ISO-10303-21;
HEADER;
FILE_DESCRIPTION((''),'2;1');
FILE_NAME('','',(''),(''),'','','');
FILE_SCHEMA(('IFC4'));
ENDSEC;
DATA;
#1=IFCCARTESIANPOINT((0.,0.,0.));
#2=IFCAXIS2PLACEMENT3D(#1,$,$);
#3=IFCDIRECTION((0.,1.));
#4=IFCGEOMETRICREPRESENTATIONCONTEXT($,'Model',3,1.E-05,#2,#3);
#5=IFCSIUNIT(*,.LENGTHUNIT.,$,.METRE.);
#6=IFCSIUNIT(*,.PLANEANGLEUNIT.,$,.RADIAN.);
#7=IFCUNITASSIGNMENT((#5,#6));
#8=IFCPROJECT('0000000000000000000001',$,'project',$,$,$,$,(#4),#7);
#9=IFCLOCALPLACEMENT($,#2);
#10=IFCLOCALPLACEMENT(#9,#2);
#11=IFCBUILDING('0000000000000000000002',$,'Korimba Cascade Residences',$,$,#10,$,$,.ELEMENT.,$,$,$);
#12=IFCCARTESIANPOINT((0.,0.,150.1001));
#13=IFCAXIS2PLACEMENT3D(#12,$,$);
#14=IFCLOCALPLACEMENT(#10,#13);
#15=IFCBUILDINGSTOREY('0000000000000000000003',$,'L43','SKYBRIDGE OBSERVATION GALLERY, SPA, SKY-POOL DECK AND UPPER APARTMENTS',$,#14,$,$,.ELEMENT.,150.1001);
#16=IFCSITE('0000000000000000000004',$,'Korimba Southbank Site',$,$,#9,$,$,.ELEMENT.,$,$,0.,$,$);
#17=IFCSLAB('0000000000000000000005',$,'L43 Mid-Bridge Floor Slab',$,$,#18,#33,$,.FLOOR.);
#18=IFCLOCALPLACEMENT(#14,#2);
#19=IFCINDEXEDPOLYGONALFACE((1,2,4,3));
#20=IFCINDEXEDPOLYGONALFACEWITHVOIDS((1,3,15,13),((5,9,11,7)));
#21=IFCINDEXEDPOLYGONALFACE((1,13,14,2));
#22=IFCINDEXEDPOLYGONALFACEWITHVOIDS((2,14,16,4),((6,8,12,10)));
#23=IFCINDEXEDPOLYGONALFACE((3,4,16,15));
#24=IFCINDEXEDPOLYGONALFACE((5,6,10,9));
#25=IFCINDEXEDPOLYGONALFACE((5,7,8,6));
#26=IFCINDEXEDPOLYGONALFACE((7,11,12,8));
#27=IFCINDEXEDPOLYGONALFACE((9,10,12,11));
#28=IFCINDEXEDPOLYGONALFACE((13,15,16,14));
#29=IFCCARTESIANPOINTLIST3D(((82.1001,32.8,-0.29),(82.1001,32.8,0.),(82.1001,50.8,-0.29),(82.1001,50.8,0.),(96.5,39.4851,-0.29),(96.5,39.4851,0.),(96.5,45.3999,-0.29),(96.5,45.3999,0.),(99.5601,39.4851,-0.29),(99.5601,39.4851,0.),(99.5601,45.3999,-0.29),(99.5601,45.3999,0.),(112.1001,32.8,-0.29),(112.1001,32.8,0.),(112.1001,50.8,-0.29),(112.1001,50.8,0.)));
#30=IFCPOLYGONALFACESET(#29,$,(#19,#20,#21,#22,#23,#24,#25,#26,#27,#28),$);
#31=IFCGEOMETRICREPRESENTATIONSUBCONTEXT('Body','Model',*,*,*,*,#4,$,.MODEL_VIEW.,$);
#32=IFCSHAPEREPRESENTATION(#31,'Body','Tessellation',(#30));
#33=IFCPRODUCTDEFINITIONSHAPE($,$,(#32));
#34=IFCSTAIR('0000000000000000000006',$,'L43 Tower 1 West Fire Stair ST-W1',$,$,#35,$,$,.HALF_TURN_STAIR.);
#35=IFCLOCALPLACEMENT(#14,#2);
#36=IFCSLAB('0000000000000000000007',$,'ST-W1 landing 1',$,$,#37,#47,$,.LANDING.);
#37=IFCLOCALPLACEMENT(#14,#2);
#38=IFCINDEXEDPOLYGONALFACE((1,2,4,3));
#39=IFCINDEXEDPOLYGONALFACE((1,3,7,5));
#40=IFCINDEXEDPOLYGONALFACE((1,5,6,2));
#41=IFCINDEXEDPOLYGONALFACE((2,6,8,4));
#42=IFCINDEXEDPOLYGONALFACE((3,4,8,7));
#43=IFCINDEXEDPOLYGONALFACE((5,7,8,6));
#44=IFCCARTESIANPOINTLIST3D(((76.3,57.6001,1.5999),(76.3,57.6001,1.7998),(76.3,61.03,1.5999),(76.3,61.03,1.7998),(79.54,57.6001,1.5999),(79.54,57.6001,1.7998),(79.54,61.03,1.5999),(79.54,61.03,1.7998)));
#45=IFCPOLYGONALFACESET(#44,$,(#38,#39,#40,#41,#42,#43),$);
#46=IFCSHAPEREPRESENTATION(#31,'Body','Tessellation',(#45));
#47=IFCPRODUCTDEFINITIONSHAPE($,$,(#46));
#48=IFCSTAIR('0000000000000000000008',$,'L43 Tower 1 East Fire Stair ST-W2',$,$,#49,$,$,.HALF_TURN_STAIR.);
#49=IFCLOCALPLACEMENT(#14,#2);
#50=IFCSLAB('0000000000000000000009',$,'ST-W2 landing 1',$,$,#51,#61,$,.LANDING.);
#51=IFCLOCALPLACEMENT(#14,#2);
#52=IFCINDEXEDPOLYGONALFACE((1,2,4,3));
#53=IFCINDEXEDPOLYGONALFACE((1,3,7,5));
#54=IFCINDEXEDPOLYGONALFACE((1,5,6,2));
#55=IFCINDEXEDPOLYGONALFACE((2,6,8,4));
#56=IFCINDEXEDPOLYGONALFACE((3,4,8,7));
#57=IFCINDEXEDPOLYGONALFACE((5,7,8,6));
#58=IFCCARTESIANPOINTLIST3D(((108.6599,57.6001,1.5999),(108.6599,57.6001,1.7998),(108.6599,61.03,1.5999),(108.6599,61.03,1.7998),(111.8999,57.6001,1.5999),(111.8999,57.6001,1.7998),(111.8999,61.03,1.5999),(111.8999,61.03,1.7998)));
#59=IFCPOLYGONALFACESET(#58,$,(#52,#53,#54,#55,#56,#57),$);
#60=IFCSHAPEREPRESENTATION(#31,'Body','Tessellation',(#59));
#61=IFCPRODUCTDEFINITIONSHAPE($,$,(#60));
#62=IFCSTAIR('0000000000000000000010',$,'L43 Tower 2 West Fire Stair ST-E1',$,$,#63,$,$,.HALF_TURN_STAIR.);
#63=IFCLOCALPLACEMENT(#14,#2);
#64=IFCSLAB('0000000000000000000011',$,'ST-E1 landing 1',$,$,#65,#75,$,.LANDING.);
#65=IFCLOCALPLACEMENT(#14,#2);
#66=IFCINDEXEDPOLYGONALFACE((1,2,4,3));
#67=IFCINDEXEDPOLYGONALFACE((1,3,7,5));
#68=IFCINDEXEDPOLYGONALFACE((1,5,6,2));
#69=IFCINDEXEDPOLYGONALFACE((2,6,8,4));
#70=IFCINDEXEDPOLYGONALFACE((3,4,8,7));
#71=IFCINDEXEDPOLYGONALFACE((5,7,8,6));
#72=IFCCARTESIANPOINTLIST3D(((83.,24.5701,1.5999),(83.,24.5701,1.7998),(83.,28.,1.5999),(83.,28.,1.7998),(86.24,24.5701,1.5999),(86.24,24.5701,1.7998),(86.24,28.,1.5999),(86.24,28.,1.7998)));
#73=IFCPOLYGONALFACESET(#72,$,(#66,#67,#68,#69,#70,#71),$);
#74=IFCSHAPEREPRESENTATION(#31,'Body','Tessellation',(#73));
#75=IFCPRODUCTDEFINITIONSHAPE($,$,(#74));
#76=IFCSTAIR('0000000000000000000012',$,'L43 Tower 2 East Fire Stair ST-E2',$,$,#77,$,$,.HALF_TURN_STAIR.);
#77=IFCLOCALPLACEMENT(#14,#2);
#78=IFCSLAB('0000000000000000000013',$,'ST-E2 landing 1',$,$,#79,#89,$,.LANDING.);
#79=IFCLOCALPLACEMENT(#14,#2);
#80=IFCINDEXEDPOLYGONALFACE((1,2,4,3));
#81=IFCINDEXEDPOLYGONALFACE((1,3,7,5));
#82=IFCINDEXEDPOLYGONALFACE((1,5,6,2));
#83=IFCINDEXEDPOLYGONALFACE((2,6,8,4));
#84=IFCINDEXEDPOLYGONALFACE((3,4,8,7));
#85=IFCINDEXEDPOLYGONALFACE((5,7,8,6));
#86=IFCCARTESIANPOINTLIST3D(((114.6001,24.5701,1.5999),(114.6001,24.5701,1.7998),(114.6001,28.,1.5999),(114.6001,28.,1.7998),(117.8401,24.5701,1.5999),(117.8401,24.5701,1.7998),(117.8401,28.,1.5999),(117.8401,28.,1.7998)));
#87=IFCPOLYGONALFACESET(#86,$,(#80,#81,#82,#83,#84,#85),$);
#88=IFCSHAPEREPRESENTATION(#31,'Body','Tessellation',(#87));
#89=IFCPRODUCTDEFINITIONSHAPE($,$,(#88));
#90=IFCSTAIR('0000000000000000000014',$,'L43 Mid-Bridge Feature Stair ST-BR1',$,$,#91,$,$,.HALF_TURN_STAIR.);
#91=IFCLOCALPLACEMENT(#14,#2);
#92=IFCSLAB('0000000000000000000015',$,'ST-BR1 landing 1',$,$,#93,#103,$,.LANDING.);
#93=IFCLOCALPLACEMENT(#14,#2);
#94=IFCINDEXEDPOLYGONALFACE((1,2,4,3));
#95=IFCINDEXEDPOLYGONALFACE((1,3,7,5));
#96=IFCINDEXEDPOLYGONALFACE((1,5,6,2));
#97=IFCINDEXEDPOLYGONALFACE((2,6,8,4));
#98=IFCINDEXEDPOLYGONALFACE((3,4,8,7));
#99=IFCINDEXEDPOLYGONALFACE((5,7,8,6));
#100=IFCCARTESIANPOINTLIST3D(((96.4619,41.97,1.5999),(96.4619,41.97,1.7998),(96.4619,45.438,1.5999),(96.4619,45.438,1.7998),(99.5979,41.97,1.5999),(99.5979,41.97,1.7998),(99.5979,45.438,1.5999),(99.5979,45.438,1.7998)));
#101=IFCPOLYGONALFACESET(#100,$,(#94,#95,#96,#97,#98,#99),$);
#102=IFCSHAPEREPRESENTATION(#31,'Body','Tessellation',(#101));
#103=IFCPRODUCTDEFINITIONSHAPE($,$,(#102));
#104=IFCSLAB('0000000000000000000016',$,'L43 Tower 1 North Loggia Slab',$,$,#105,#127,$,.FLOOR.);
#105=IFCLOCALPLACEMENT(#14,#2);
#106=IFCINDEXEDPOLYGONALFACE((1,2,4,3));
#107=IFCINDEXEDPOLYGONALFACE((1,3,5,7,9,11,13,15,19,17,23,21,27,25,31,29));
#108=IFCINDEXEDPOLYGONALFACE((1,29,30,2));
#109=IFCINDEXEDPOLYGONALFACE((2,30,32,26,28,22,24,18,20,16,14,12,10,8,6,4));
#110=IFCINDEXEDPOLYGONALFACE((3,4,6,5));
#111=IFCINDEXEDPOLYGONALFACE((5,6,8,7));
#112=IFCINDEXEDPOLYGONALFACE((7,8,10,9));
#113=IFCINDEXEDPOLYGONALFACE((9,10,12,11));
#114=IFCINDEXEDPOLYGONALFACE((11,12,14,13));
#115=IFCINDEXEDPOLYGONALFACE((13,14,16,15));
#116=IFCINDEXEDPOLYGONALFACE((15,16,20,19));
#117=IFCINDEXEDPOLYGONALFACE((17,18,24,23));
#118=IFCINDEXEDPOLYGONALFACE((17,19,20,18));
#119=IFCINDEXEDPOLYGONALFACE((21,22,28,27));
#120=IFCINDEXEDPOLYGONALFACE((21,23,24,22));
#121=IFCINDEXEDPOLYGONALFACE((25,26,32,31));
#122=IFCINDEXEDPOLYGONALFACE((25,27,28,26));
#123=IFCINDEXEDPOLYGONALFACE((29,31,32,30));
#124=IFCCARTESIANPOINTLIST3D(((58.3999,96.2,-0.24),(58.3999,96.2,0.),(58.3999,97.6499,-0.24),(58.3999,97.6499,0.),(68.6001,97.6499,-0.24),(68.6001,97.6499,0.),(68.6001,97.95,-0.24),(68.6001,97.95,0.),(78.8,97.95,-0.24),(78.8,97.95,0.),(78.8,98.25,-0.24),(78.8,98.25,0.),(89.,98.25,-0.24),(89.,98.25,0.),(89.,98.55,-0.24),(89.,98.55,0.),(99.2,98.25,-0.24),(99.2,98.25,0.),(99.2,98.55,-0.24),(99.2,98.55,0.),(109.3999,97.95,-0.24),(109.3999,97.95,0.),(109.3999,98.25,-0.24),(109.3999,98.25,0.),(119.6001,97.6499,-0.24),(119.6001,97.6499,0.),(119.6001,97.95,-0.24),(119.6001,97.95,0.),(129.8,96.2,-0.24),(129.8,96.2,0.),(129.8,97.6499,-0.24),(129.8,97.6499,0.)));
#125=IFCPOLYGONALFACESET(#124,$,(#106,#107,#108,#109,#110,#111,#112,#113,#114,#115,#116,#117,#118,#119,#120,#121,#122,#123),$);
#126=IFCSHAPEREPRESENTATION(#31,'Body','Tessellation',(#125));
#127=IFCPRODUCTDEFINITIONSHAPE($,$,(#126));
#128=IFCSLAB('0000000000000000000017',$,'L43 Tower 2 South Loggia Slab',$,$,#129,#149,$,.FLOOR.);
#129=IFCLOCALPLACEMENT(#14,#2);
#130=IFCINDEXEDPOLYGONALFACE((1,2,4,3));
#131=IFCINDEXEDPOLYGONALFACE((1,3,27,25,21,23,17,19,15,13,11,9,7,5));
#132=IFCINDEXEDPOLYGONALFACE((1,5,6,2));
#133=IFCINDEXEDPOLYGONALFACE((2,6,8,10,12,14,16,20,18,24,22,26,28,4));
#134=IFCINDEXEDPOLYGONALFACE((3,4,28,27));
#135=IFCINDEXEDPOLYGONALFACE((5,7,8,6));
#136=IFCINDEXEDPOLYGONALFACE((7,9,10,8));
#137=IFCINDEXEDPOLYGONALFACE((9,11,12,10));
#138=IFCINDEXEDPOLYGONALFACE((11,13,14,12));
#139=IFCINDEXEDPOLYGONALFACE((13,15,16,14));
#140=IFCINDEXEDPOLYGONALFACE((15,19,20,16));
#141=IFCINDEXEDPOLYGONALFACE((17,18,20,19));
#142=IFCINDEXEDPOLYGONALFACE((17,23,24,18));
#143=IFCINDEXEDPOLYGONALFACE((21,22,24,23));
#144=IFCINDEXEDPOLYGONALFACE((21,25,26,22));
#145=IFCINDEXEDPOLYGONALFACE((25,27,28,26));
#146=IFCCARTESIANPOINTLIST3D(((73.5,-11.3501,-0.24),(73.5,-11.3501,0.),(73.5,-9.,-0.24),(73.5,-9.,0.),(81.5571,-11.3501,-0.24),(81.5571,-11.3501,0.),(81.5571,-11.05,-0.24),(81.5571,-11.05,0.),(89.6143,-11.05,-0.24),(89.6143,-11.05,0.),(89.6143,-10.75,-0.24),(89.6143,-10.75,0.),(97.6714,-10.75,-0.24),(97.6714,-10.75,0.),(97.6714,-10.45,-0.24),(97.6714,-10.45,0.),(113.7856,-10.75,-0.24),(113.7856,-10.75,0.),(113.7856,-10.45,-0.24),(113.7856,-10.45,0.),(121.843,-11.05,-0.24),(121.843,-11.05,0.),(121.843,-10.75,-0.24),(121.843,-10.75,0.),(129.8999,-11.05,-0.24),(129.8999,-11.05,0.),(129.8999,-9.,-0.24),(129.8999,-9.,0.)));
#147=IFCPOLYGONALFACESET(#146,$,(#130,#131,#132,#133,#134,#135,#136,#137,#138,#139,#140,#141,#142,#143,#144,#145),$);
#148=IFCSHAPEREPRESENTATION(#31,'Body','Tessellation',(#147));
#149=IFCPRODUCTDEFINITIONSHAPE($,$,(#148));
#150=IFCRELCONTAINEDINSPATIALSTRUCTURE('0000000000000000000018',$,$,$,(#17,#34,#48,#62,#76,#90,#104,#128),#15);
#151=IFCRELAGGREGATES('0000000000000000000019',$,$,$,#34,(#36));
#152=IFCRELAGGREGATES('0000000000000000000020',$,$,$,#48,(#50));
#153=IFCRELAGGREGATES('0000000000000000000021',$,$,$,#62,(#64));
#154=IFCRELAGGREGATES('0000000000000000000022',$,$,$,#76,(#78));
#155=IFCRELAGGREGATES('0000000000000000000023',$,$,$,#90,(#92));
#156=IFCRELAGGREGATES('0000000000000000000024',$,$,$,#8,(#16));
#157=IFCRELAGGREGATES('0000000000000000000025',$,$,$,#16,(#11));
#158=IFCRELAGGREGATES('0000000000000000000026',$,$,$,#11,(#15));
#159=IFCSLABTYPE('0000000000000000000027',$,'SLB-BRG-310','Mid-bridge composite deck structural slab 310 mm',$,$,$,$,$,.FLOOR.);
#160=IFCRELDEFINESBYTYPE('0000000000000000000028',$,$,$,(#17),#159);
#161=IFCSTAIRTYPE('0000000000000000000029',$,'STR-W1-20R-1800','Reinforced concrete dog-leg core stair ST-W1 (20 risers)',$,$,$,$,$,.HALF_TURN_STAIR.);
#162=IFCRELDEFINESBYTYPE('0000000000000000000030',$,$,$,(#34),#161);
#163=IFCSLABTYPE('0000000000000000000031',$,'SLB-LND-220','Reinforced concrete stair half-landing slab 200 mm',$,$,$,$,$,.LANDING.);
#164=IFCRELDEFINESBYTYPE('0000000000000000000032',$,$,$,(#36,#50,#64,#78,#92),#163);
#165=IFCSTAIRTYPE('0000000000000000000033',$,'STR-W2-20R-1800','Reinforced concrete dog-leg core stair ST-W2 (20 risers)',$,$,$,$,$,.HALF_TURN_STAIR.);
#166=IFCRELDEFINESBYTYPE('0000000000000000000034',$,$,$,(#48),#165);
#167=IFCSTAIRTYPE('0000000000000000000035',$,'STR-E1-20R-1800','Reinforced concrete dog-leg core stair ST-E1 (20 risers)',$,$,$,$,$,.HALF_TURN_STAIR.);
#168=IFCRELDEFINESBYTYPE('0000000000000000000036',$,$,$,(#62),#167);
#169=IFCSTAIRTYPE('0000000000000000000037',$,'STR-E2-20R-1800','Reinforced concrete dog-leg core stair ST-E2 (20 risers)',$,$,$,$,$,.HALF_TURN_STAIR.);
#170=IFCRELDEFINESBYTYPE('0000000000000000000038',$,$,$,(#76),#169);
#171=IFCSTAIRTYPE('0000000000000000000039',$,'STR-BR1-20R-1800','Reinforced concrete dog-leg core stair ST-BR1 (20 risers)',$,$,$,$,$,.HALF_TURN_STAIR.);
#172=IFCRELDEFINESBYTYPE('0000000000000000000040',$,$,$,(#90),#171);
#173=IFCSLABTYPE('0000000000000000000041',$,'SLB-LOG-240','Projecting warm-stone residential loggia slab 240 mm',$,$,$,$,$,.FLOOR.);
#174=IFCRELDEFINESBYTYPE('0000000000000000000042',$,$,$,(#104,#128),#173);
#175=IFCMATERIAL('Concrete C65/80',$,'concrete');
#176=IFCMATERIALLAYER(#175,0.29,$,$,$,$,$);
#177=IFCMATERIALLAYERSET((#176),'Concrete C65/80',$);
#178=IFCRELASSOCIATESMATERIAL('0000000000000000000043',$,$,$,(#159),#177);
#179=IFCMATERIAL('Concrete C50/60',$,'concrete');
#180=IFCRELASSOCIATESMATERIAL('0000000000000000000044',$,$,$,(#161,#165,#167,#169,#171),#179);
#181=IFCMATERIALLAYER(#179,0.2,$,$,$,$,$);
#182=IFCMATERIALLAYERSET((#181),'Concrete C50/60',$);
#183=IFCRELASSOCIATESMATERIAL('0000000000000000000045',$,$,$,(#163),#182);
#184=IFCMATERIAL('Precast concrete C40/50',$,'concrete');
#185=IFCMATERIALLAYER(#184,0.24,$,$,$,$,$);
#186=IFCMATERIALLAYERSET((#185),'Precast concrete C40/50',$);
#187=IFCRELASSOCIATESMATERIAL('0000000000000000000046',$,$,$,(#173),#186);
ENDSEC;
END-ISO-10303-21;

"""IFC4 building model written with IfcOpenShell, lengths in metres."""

from ifc_helpers import new_model, si_unit, direction, frame, origin, place, context, subcontext, project, spatial, polyline, outline, extrude, material, layer, layer_set, type_object, element, aggregate, save


model = new_model("IFC4")

# Units and contexts
model_context = context("Model", 3, precision=1e-05, world=origin(), true_north=direction((0.0, 1.0)))
body_context = subcontext(model_context, "Body", "Model", "MODEL_VIEW")
ifc_project = project(units=[si_unit("LENGTHUNIT", "METRE"), si_unit("PLANEANGLEUNIT", "RADIAN")], contexts=[model_context])

# Site, building, storey
site_placement = place(None, origin())
site = spatial("IfcSite", under=ifc_project, at=site_placement, Name="Korimba Southbank Site", CompositionType="ELEMENT", RefElevation=0.0)
building_placement = place(site_placement, origin())
building = spatial("IfcBuilding", under=site, at=building_placement, Name="Korimba Cascade Residences", CompositionType="ELEMENT")
storey_placement = place(building_placement, frame((0.0, 0.0, 150.1001)))
storey = spatial("IfcBuildingStorey", under=building, at=storey_placement, Name="L43", Description="SKYBRIDGE OBSERVATION GALLERY, SPA, SKY-POOL DECK AND UPPER APARTMENTS", CompositionType="ELEMENT", Elevation=150.1001)

# Slab
ifc_material_1 = material(Name="Concrete C65/80", Category="concrete")
ifc_layer_1 = layer(ifc_material_1, 0.29)
ifc_layer_set_1 = layer_set([ifc_layer_1], Name="Concrete C65/80")
slab_type_1 = type_object("IfcSlabType", Name="SLB-BRG-310", Description="Mid-bridge composite deck structural slab 310 mm", PredefinedType="FLOOR", material=ifc_layer_set_1)
slab_1_placement = place(storey_placement, frame((0.0, 0.0, -0.29)))
element("IfcSlab", 1, at=slab_1_placement, inside=storey, type_object=slab_type_1, Name="L43 Mid-Bridge Floor Slab", PredefinedType="FLOOR", context=body_context, shape_type="SweptSolid", body=[
    extrude(outline(polyline([(82.1001, 32.8), (112.1001, 32.8), (112.1001, 50.8), (82.1001, 50.8), (82.1001, 32.8)]), holes=[polyline([(99.5601, 39.4851), (99.5601, 45.3999), (96.5, 45.3999), (96.5, 39.4851), (99.5601, 39.4851)])]), origin(), (0.0, 0.0, 1.0), 0.29),
])

# Stairs, slabs
ifc_material_2 = material(Name="Concrete C50/60", Category="concrete")
stair_type_1 = type_object("IfcStairType", Name="STR-W1-20R-1800", Description="Reinforced concrete dog-leg core stair ST-W1 (20 risers)", PredefinedType="HALF_TURN_STAIR", material=ifc_material_2)
stair_1_placement = place(storey_placement, origin())
stair_1 = element("IfcStair", 2, at=stair_1_placement, inside=storey, type_object=stair_type_1, Name="L43 Tower 1 West Fire Stair ST-W1", PredefinedType="HALF_TURN_STAIR")
ifc_layer_2 = layer(ifc_material_2, 0.2)
ifc_layer_set_2 = layer_set([ifc_layer_2], Name="Concrete C50/60")
slab_type_2 = type_object("IfcSlabType", Name="SLB-LND-220", Description="Reinforced concrete stair half-landing slab 200 mm", PredefinedType="LANDING", material=ifc_layer_set_2)
slab_2_placement = place(storey_placement, frame((0.0, 0.0, 1.5999)))
slab_2 = element("IfcSlab", 3, at=slab_2_placement, type_object=slab_type_2, Name="ST-W1 landing 1", PredefinedType="LANDING", context=body_context, shape_type="SweptSolid", body=[
    extrude(outline(polyline([(76.3, 61.03), (76.3, 57.6001), (79.54, 57.6001), (79.54, 61.03), (76.3, 61.03)])), origin(), (0.0, 0.0, 1.0), 0.2),
])
aggregate(stair_1, [slab_2])
stair_type_2 = type_object("IfcStairType", Name="STR-W2-20R-1800", Description="Reinforced concrete dog-leg core stair ST-W2 (20 risers)", PredefinedType="HALF_TURN_STAIR", material=ifc_material_2)
stair_2_placement = place(storey_placement, origin())
stair_2 = element("IfcStair", 4, at=stair_2_placement, inside=storey, type_object=stair_type_2, Name="L43 Tower 1 East Fire Stair ST-W2", PredefinedType="HALF_TURN_STAIR")
slab_3_placement = place(storey_placement, frame((0.0, 0.0, 1.5999)))
slab_3 = element("IfcSlab", 5, at=slab_3_placement, type_object=slab_type_2, Name="ST-W2 landing 1", PredefinedType="LANDING", context=body_context, shape_type="SweptSolid", body=[
    extrude(outline(polyline([(108.6599, 61.03), (108.6599, 57.6001), (111.8999, 57.6001), (111.8999, 61.03), (108.6599, 61.03)])), origin(), (0.0, 0.0, 1.0), 0.2),
])
aggregate(stair_2, [slab_3])
stair_type_3 = type_object("IfcStairType", Name="STR-E1-20R-1800", Description="Reinforced concrete dog-leg core stair ST-E1 (20 risers)", PredefinedType="HALF_TURN_STAIR", material=ifc_material_2)
stair_3_placement = place(storey_placement, origin())
stair_3 = element("IfcStair", 6, at=stair_3_placement, inside=storey, type_object=stair_type_3, Name="L43 Tower 2 West Fire Stair ST-E1", PredefinedType="HALF_TURN_STAIR")
slab_4_placement = place(storey_placement, frame((0.0, 0.0, 1.5999)))
slab_4 = element("IfcSlab", 7, at=slab_4_placement, type_object=slab_type_2, Name="ST-E1 landing 1", PredefinedType="LANDING", context=body_context, shape_type="SweptSolid", body=[
    extrude(outline(polyline([(86.24, 24.5701), (86.24, 28.0), (83.0, 28.0), (83.0, 24.5701), (86.24, 24.5701)])), origin(), (0.0, 0.0, 1.0), 0.2),
])
aggregate(stair_3, [slab_4])
stair_type_4 = type_object("IfcStairType", Name="STR-E2-20R-1800", Description="Reinforced concrete dog-leg core stair ST-E2 (20 risers)", PredefinedType="HALF_TURN_STAIR", material=ifc_material_2)
stair_4_placement = place(storey_placement, origin())
stair_4 = element("IfcStair", 8, at=stair_4_placement, inside=storey, type_object=stair_type_4, Name="L43 Tower 2 East Fire Stair ST-E2", PredefinedType="HALF_TURN_STAIR")
slab_5_placement = place(storey_placement, frame((0.0, 0.0, 1.5999)))
slab_5 = element("IfcSlab", 9, at=slab_5_placement, type_object=slab_type_2, Name="ST-E2 landing 1", PredefinedType="LANDING", context=body_context, shape_type="SweptSolid", body=[
    extrude(outline(polyline([(117.8401, 24.5701), (117.8401, 28.0), (114.6001, 28.0), (114.6001, 24.5701), (117.8401, 24.5701)])), origin(), (0.0, 0.0, 1.0), 0.2),
])
aggregate(stair_4, [slab_5])
stair_type_5 = type_object("IfcStairType", Name="STR-BR1-20R-1800", Description="Reinforced concrete dog-leg core stair ST-BR1 (20 risers)", PredefinedType="HALF_TURN_STAIR", material=ifc_material_2)
stair_5_placement = place(storey_placement, origin())
stair_5 = element("IfcStair", 10, at=stair_5_placement, inside=storey, type_object=stair_type_5, Name="L43 Mid-Bridge Feature Stair ST-BR1", PredefinedType="HALF_TURN_STAIR")
slab_6_placement = place(storey_placement, frame((0.0, 0.0, 1.5999)))
slab_6 = element("IfcSlab", 11, at=slab_6_placement, type_object=slab_type_2, Name="ST-BR1 landing 1", PredefinedType="LANDING", context=body_context, shape_type="SweptSolid", body=[
    extrude(outline(polyline([(96.4619, 41.97), (99.5979, 41.97), (99.5979, 45.438), (96.4619, 45.438), (96.4619, 41.97)])), origin(), (0.0, 0.0, 1.0), 0.2),
])
aggregate(stair_5, [slab_6])

# Slabs
ifc_material_3 = material(Name="Precast concrete C40/50", Category="concrete")
ifc_layer_3 = layer(ifc_material_3, 0.24)
ifc_layer_set_3 = layer_set([ifc_layer_3], Name="Precast concrete C40/50")
slab_type_3 = type_object("IfcSlabType", Name="SLB-LOG-240", Description="Projecting warm-stone residential loggia slab 240 mm", PredefinedType="FLOOR", material=ifc_layer_set_3)
slab_7_placement = place(storey_placement, frame((0.0, 0.0, -0.24)))
element("IfcSlab", 12, at=slab_7_placement, inside=storey, type_object=slab_type_3, Name="L43 Tower 1 North Loggia Slab", PredefinedType="FLOOR", context=body_context, shape_type="SweptSolid", body=[
    extrude(outline(polyline([(58.3999, 96.2), (129.8, 96.2), (129.8, 97.6499), (119.6001, 97.6499), (119.6001, 97.95), (109.3999, 97.95), (109.3999, 98.25), (99.2, 98.25), (99.2, 98.55), (89.0, 98.55), (89.0, 98.25), (78.8, 98.25), (78.8, 97.95), (68.6001, 97.95), (68.6001, 97.6499), (58.3999, 97.6499), (58.3999, 96.2)])), origin(), (0.0, 0.0, 1.0), 0.24),
])
slab_8_placement = place(storey_placement, frame((0.0, 0.0, -0.24)))
element("IfcSlab", 13, at=slab_8_placement, inside=storey, type_object=slab_type_3, Name="L43 Tower 2 South Loggia Slab", PredefinedType="FLOOR", context=body_context, shape_type="SweptSolid", body=[
    extrude(outline(polyline([(73.5, -11.3501), (81.5571, -11.3501), (81.5571, -11.05), (89.6143, -11.05), (89.6143, -10.75), (97.6714, -10.75), (97.6714, -10.45), (113.7856, -10.45), (113.7856, -10.75), (121.843, -10.75), (121.843, -11.05), (129.8999, -11.05), (129.8999, -9.0), (73.5, -9.0), (73.5, -11.3501)])), origin(), (0.0, 0.0, 1.0), 0.24),
])

save(model, "model.ifc")
